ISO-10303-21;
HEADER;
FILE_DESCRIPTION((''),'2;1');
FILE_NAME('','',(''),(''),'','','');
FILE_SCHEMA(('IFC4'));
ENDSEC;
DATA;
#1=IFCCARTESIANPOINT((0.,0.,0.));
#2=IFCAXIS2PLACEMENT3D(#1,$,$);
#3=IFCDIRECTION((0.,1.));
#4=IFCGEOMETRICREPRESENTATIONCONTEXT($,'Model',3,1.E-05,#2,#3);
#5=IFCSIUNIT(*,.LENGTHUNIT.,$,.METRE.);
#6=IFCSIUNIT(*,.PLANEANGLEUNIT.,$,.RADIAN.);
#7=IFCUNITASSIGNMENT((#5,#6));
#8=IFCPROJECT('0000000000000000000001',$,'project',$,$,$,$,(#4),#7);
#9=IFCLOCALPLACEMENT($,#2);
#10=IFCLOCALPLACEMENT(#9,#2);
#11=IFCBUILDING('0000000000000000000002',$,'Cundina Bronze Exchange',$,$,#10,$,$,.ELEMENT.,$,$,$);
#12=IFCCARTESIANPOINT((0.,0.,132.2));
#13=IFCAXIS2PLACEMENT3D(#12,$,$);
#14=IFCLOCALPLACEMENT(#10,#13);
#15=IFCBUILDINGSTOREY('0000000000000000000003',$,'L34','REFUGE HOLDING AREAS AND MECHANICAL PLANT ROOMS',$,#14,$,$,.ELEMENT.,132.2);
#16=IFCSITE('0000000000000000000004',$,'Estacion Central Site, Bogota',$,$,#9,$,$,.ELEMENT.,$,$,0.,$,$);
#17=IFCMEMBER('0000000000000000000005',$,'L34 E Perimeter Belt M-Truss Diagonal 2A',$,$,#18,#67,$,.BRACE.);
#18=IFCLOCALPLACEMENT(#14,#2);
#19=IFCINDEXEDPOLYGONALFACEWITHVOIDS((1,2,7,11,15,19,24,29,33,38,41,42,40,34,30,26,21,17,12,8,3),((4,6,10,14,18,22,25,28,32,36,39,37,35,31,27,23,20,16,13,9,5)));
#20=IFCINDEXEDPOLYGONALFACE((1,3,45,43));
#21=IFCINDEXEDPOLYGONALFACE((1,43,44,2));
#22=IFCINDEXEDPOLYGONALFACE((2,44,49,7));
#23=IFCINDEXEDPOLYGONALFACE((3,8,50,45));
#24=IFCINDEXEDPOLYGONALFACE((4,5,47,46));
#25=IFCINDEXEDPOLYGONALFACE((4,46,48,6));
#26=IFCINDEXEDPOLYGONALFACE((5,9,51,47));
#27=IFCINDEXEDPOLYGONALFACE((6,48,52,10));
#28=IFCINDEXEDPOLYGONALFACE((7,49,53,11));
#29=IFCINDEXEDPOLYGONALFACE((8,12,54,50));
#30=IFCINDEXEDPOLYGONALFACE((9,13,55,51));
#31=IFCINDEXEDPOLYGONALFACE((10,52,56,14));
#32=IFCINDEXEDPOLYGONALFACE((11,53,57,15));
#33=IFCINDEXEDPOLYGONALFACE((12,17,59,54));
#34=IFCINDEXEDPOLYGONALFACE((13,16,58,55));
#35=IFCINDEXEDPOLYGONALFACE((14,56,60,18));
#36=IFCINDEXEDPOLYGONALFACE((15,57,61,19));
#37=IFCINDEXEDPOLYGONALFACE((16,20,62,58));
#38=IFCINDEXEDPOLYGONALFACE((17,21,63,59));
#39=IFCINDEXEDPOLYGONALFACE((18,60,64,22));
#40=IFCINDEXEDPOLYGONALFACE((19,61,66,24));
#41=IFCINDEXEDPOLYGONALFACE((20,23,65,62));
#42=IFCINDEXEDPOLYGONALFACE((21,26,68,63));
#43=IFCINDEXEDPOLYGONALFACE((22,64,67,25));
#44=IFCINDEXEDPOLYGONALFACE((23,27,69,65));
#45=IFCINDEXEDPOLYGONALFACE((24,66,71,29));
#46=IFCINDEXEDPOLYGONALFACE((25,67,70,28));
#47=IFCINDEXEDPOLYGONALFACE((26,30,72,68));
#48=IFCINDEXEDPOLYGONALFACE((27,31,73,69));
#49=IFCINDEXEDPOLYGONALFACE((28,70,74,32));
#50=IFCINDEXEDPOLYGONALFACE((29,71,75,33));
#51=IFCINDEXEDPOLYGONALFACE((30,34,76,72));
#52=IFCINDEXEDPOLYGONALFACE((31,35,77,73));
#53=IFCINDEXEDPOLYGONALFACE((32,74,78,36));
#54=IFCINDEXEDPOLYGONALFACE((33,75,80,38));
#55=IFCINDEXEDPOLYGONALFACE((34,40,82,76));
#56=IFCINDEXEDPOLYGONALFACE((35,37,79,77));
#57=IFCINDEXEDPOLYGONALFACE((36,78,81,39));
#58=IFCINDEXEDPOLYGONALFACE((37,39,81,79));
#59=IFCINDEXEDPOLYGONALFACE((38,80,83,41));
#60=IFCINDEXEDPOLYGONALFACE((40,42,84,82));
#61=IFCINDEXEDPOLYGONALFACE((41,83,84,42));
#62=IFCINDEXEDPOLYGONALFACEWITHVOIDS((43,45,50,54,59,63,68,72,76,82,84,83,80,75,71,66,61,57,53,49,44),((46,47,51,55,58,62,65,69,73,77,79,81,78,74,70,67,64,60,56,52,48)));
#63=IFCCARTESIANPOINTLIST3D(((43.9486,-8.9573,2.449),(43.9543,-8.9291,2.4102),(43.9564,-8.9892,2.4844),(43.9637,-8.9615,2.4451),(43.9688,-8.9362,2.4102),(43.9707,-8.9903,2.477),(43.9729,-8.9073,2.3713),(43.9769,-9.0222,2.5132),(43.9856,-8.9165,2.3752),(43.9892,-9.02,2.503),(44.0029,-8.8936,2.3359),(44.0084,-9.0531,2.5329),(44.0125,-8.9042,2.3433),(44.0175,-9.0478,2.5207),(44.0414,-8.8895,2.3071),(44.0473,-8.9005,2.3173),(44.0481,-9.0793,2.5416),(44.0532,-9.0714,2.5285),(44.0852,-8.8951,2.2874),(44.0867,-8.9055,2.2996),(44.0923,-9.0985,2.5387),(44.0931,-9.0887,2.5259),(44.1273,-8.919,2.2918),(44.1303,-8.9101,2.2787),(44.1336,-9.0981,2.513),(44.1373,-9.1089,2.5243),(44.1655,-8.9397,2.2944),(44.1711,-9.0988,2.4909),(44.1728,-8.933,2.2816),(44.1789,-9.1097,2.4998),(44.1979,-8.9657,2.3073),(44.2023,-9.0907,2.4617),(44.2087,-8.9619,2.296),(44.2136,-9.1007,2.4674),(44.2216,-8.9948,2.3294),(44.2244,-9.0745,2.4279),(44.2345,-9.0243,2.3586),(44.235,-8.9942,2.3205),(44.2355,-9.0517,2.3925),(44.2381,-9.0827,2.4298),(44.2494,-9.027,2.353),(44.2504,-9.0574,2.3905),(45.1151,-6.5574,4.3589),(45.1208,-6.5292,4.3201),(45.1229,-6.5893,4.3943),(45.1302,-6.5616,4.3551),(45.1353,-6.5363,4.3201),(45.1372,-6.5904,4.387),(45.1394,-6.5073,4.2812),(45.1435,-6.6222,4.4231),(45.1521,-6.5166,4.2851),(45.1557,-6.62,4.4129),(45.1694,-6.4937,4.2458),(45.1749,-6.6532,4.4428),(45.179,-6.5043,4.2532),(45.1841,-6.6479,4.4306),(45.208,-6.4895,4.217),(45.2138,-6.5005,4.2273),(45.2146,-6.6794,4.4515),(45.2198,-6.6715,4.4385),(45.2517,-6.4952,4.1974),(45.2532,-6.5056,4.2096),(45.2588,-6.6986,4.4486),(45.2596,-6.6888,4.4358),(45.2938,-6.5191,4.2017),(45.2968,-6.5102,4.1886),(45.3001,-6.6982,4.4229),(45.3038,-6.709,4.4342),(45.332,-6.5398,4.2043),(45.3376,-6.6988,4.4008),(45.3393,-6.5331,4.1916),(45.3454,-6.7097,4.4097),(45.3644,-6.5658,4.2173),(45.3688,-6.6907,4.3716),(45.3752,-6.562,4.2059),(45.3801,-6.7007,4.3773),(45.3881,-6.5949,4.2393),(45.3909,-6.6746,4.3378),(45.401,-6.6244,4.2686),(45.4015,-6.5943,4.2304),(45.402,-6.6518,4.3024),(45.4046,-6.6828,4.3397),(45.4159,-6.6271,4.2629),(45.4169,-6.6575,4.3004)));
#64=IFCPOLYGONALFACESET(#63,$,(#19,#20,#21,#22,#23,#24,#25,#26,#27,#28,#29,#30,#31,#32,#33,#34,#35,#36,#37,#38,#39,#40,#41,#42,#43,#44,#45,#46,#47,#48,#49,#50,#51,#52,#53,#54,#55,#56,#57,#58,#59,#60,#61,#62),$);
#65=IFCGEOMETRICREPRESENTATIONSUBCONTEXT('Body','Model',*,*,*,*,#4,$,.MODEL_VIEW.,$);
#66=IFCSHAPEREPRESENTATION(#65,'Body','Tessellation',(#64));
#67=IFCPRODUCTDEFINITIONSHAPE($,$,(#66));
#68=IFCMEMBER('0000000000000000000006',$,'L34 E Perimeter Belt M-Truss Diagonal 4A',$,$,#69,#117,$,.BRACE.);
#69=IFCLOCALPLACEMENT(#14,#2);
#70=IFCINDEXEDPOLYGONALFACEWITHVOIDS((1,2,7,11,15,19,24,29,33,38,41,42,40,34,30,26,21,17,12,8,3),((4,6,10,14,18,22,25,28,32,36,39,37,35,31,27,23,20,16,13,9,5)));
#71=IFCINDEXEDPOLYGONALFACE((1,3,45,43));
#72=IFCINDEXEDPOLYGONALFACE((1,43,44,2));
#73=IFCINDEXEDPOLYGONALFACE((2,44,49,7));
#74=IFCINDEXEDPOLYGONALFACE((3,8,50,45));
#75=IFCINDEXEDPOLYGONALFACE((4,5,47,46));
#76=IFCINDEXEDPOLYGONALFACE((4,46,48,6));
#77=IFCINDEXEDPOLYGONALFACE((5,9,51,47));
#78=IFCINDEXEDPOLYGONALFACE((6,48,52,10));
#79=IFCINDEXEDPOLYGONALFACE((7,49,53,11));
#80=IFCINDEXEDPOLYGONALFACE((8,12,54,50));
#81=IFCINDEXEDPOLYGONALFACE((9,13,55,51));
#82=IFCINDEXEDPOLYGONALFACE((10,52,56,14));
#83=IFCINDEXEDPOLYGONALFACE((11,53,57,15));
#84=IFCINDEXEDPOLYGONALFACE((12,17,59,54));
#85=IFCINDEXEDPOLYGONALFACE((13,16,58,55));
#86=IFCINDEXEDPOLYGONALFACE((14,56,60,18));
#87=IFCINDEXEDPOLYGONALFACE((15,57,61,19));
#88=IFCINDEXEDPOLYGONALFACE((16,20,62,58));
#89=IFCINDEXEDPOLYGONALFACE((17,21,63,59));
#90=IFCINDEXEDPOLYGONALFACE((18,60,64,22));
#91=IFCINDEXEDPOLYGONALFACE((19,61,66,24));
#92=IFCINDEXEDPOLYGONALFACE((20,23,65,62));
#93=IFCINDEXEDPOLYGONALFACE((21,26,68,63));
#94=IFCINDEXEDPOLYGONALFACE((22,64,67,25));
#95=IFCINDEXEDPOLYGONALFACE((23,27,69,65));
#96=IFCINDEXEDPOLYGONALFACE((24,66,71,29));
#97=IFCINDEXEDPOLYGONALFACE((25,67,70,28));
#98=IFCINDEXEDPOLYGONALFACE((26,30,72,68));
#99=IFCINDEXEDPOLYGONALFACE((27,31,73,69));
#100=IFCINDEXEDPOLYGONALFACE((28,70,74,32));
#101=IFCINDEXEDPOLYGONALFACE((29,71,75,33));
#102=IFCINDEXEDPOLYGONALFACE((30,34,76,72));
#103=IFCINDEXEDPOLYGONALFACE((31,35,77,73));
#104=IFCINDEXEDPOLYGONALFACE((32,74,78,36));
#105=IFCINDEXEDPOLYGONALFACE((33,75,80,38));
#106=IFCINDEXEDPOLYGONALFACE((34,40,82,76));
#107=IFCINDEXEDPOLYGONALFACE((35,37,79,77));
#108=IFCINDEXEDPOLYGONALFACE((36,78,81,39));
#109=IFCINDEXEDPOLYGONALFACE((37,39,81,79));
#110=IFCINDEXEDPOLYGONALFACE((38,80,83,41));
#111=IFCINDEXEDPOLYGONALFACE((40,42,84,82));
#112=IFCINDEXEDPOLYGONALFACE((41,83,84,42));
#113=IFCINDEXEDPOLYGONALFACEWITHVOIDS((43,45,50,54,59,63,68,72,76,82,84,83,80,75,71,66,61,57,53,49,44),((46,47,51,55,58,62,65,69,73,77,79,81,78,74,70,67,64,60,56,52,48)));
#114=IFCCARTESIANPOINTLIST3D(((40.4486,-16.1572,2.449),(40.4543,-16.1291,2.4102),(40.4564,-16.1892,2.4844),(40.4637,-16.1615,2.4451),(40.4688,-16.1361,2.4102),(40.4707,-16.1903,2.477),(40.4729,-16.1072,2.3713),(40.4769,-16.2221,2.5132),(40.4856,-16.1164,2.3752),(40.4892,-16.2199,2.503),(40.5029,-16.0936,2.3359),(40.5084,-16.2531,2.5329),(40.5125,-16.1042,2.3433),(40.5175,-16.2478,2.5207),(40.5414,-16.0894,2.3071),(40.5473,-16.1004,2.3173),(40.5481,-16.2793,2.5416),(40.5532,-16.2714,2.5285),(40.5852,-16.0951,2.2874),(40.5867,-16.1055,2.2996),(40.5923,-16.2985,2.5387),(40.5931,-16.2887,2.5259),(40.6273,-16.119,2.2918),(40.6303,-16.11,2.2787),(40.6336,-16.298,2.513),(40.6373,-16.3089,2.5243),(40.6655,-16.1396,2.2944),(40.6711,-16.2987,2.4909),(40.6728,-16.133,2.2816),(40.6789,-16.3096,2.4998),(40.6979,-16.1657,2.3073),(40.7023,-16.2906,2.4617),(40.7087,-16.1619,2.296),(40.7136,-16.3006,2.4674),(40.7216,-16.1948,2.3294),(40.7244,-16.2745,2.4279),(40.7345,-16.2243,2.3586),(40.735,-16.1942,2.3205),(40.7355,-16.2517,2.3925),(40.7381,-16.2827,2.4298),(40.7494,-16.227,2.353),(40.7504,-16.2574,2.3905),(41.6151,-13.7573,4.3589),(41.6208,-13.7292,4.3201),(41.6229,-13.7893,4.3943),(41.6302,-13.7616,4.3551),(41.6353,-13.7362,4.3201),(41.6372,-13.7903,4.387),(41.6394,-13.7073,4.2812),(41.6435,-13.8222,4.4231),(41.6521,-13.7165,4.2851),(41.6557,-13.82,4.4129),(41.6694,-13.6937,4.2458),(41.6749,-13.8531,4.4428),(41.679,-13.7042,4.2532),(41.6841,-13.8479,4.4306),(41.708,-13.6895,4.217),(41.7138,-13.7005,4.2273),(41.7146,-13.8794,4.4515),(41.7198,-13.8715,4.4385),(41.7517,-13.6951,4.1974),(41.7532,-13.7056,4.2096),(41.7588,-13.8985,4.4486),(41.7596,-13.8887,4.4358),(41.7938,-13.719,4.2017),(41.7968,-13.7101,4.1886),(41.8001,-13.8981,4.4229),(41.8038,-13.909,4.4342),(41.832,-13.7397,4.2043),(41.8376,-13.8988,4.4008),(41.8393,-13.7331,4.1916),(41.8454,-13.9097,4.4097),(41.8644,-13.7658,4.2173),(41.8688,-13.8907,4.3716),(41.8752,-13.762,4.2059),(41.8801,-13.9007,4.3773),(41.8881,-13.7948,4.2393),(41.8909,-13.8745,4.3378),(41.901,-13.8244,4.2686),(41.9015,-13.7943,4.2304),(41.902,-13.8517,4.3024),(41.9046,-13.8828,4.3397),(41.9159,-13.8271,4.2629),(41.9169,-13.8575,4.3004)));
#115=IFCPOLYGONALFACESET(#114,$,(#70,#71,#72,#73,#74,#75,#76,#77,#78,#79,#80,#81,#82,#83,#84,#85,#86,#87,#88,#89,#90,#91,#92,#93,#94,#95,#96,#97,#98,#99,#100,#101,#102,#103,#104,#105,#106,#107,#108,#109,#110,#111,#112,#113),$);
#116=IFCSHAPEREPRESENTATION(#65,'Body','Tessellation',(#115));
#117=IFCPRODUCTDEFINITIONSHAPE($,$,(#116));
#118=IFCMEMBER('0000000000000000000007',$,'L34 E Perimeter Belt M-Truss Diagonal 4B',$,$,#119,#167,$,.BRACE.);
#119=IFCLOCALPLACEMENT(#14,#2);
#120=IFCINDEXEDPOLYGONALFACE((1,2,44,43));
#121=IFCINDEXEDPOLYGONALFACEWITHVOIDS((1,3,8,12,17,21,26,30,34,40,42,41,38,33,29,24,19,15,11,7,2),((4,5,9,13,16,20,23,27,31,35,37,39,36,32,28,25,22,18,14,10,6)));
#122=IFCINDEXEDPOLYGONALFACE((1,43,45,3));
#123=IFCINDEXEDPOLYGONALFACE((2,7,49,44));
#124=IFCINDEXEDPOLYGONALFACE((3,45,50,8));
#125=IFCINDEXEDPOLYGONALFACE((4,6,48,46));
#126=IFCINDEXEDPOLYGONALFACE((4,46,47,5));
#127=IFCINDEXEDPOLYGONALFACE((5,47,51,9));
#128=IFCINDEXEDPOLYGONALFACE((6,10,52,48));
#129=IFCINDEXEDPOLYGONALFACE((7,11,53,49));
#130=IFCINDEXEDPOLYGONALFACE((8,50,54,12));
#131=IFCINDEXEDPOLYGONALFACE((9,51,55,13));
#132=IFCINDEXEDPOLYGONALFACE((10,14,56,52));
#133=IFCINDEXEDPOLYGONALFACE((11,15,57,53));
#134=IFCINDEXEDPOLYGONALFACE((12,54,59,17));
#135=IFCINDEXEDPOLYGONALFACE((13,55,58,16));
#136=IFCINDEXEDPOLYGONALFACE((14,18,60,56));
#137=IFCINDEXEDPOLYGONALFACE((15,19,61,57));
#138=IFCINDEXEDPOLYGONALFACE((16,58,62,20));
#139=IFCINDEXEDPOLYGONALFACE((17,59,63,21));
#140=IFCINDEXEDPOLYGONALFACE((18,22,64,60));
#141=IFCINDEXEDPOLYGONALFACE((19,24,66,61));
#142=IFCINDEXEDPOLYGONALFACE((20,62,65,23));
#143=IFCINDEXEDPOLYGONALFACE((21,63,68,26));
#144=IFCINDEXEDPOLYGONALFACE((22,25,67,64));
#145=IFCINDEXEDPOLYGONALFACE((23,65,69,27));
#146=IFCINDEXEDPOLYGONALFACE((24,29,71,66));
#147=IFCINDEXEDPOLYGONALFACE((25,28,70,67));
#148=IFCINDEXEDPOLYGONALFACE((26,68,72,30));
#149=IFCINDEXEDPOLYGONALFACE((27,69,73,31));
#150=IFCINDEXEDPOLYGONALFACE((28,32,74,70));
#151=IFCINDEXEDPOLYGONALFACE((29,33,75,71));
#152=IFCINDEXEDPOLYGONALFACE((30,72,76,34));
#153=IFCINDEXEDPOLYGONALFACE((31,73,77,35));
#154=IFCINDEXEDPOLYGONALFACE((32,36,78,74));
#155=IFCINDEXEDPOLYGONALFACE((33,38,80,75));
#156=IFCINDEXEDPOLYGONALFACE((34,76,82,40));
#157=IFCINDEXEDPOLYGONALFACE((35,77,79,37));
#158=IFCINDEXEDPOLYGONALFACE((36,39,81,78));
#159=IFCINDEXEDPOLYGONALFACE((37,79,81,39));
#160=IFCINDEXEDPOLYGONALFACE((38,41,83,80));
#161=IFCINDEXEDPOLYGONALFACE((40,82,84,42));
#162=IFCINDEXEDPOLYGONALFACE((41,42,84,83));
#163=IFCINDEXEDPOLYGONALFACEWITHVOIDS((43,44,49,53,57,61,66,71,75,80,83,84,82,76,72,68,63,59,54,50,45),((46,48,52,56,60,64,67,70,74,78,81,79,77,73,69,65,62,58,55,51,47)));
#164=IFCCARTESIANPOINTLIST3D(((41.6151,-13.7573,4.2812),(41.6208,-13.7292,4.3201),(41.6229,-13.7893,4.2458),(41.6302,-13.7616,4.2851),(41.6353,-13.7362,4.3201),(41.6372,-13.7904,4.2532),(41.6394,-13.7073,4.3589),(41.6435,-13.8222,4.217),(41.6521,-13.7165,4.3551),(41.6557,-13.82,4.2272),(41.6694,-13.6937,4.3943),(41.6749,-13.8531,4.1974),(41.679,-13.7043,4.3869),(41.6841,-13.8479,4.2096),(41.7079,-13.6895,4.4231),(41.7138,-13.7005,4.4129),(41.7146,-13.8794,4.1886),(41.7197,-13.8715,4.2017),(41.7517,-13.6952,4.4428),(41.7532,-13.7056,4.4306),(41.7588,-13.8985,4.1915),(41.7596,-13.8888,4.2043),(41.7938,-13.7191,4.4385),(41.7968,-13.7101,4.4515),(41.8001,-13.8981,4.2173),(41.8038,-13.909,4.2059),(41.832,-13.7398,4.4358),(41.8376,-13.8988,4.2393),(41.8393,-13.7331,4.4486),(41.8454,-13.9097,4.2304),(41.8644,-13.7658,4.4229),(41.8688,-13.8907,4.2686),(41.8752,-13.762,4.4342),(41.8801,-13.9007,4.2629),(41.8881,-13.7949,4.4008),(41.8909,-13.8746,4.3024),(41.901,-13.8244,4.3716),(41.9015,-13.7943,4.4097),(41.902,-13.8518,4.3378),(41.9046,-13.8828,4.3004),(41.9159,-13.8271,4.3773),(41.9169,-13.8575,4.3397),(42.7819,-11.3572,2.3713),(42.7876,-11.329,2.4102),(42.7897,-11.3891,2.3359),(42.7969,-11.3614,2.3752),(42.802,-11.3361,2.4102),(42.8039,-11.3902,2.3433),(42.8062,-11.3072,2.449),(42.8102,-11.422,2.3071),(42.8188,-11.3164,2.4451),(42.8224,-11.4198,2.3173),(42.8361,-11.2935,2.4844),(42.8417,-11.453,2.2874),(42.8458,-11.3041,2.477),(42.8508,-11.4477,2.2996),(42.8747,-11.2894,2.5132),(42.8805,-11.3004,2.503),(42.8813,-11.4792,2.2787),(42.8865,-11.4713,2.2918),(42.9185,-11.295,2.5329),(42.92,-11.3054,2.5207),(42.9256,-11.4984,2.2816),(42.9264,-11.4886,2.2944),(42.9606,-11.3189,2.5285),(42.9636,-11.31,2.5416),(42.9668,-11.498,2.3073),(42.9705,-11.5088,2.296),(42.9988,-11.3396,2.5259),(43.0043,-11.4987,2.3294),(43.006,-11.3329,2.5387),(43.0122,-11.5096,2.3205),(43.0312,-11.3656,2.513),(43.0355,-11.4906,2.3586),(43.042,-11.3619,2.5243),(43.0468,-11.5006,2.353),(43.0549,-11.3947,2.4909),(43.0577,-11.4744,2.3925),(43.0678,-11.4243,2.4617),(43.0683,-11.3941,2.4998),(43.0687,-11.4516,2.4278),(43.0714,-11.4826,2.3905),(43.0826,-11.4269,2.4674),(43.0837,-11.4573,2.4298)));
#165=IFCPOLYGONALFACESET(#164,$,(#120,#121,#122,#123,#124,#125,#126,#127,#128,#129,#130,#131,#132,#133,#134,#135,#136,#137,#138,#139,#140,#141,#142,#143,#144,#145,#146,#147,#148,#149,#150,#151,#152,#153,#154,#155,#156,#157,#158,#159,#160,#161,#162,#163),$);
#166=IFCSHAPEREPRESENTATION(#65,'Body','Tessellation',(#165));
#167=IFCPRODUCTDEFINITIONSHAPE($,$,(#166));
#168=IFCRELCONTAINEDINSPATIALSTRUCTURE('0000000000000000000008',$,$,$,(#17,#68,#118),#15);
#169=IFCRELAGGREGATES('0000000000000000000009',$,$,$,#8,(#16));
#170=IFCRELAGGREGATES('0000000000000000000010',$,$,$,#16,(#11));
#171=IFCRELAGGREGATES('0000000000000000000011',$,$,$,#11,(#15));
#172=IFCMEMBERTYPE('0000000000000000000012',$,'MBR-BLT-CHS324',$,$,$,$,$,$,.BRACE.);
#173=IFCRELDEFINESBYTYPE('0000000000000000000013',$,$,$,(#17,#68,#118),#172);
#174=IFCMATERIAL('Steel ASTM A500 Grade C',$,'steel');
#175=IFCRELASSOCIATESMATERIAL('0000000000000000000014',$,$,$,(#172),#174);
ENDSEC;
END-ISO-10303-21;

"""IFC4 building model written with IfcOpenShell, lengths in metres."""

from ifc_helpers import new_model, si_unit, direction, frame, origin, origin_2d, place, context, subcontext, project, spatial, hollow_circle, extrude, material, material_profile, profile_set, type_object, element, save


model = new_model("IFC4")

# Units and contexts
model_context = context("Model", 3, precision=1e-05, world=origin(), true_north=direction((0.0, 1.0)))
body_context = subcontext(model_context, "Body", "Model", "MODEL_VIEW")
ifc_project = project(units=[si_unit("LENGTHUNIT", "METRE"), si_unit("PLANEANGLEUNIT", "RADIAN")], contexts=[model_context])

# Site, building, storey
site_placement = place(None, origin())
site = spatial("IfcSite", under=ifc_project, at=site_placement, Name="Estacion Central Site, Bogota", CompositionType="ELEMENT", RefElevation=0.0)
building_placement = place(site_placement, origin())
building = spatial("IfcBuilding", under=site, at=building_placement, Name="Cundina Bronze Exchange", CompositionType="ELEMENT")
storey_placement = place(building_placement, frame((0.0, 0.0, 132.2)))
storey = spatial("IfcBuildingStorey", under=building, at=storey_placement, Name="L34", Description="REFUGE HOLDING AREAS AND MECHANICAL PLANT ROOMS", CompositionType="ELEMENT", Elevation=132.2)

# Members
ifc_material_1 = material(Name="Steel ASTM A500 Grade C", Category="steel")
ifc_material_profile_1 = material_profile(ifc_material_1, hollow_circle(Radius=0.1621, WallThickness=0.0161, at=origin_2d()), Name="CHS324X16", Category="steel")
ifc_profile_set_1 = profile_set([ifc_material_profile_1], Name="Steel ASTM A500 Grade C")
member_type_1 = type_object("IfcMemberType", Name="MBR-BLT-CHS324", PredefinedType="BRACE", material=ifc_profile_set_1)
for number, where, z_axis, x_axis, name in (
    (1, (44.1001, -9.0, 2.4102), (0.355482, 0.73135, 0.58203), (-0.899385, 0.437158, 0.0), "L34 E Perimeter Belt M-Truss Diagonal 2A"),
    (2, (40.6001, -16.2, 2.4102), (0.355482, 0.73135, 0.58203), (-0.899385, 0.437158, 0.0), "L34 E Perimeter Belt M-Truss Diagonal 4A"),
):
    element("IfcMember", number, at=place(storey_placement, frame(where, z_axis=z_axis, x_axis=x_axis)), inside=storey, type_object=member_type_1, Name=name, PredefinedType="BRACE", context=body_context, shape_type="SweptSolid", body=[
        extrude(hollow_circle(Radius=0.1621, WallThickness=0.0161, at=origin_2d()), origin(), (0.0, 0.0, 1.0), 3.2815),
    ])
member_1_placement = place(storey_placement, frame((41.7666, -13.8, 4.3201), z_axis=(0.355528, 0.731366, -0.581983), x_axis=(-0.899366, 0.437196, 0.0)))
element("IfcMember", 3, at=member_1_placement, inside=storey, type_object=member_type_1, Name="L34 E Perimeter Belt M-Truss Diagonal 4B", PredefinedType="BRACE", context=body_context, shape_type="SweptSolid", body=[
    extrude(hollow_circle(Radius=0.1621, WallThickness=0.0161, at=origin_2d()), origin(), (0.0, 0.0, 1.0), 3.2817),
])

save(model, "model.ifc")
